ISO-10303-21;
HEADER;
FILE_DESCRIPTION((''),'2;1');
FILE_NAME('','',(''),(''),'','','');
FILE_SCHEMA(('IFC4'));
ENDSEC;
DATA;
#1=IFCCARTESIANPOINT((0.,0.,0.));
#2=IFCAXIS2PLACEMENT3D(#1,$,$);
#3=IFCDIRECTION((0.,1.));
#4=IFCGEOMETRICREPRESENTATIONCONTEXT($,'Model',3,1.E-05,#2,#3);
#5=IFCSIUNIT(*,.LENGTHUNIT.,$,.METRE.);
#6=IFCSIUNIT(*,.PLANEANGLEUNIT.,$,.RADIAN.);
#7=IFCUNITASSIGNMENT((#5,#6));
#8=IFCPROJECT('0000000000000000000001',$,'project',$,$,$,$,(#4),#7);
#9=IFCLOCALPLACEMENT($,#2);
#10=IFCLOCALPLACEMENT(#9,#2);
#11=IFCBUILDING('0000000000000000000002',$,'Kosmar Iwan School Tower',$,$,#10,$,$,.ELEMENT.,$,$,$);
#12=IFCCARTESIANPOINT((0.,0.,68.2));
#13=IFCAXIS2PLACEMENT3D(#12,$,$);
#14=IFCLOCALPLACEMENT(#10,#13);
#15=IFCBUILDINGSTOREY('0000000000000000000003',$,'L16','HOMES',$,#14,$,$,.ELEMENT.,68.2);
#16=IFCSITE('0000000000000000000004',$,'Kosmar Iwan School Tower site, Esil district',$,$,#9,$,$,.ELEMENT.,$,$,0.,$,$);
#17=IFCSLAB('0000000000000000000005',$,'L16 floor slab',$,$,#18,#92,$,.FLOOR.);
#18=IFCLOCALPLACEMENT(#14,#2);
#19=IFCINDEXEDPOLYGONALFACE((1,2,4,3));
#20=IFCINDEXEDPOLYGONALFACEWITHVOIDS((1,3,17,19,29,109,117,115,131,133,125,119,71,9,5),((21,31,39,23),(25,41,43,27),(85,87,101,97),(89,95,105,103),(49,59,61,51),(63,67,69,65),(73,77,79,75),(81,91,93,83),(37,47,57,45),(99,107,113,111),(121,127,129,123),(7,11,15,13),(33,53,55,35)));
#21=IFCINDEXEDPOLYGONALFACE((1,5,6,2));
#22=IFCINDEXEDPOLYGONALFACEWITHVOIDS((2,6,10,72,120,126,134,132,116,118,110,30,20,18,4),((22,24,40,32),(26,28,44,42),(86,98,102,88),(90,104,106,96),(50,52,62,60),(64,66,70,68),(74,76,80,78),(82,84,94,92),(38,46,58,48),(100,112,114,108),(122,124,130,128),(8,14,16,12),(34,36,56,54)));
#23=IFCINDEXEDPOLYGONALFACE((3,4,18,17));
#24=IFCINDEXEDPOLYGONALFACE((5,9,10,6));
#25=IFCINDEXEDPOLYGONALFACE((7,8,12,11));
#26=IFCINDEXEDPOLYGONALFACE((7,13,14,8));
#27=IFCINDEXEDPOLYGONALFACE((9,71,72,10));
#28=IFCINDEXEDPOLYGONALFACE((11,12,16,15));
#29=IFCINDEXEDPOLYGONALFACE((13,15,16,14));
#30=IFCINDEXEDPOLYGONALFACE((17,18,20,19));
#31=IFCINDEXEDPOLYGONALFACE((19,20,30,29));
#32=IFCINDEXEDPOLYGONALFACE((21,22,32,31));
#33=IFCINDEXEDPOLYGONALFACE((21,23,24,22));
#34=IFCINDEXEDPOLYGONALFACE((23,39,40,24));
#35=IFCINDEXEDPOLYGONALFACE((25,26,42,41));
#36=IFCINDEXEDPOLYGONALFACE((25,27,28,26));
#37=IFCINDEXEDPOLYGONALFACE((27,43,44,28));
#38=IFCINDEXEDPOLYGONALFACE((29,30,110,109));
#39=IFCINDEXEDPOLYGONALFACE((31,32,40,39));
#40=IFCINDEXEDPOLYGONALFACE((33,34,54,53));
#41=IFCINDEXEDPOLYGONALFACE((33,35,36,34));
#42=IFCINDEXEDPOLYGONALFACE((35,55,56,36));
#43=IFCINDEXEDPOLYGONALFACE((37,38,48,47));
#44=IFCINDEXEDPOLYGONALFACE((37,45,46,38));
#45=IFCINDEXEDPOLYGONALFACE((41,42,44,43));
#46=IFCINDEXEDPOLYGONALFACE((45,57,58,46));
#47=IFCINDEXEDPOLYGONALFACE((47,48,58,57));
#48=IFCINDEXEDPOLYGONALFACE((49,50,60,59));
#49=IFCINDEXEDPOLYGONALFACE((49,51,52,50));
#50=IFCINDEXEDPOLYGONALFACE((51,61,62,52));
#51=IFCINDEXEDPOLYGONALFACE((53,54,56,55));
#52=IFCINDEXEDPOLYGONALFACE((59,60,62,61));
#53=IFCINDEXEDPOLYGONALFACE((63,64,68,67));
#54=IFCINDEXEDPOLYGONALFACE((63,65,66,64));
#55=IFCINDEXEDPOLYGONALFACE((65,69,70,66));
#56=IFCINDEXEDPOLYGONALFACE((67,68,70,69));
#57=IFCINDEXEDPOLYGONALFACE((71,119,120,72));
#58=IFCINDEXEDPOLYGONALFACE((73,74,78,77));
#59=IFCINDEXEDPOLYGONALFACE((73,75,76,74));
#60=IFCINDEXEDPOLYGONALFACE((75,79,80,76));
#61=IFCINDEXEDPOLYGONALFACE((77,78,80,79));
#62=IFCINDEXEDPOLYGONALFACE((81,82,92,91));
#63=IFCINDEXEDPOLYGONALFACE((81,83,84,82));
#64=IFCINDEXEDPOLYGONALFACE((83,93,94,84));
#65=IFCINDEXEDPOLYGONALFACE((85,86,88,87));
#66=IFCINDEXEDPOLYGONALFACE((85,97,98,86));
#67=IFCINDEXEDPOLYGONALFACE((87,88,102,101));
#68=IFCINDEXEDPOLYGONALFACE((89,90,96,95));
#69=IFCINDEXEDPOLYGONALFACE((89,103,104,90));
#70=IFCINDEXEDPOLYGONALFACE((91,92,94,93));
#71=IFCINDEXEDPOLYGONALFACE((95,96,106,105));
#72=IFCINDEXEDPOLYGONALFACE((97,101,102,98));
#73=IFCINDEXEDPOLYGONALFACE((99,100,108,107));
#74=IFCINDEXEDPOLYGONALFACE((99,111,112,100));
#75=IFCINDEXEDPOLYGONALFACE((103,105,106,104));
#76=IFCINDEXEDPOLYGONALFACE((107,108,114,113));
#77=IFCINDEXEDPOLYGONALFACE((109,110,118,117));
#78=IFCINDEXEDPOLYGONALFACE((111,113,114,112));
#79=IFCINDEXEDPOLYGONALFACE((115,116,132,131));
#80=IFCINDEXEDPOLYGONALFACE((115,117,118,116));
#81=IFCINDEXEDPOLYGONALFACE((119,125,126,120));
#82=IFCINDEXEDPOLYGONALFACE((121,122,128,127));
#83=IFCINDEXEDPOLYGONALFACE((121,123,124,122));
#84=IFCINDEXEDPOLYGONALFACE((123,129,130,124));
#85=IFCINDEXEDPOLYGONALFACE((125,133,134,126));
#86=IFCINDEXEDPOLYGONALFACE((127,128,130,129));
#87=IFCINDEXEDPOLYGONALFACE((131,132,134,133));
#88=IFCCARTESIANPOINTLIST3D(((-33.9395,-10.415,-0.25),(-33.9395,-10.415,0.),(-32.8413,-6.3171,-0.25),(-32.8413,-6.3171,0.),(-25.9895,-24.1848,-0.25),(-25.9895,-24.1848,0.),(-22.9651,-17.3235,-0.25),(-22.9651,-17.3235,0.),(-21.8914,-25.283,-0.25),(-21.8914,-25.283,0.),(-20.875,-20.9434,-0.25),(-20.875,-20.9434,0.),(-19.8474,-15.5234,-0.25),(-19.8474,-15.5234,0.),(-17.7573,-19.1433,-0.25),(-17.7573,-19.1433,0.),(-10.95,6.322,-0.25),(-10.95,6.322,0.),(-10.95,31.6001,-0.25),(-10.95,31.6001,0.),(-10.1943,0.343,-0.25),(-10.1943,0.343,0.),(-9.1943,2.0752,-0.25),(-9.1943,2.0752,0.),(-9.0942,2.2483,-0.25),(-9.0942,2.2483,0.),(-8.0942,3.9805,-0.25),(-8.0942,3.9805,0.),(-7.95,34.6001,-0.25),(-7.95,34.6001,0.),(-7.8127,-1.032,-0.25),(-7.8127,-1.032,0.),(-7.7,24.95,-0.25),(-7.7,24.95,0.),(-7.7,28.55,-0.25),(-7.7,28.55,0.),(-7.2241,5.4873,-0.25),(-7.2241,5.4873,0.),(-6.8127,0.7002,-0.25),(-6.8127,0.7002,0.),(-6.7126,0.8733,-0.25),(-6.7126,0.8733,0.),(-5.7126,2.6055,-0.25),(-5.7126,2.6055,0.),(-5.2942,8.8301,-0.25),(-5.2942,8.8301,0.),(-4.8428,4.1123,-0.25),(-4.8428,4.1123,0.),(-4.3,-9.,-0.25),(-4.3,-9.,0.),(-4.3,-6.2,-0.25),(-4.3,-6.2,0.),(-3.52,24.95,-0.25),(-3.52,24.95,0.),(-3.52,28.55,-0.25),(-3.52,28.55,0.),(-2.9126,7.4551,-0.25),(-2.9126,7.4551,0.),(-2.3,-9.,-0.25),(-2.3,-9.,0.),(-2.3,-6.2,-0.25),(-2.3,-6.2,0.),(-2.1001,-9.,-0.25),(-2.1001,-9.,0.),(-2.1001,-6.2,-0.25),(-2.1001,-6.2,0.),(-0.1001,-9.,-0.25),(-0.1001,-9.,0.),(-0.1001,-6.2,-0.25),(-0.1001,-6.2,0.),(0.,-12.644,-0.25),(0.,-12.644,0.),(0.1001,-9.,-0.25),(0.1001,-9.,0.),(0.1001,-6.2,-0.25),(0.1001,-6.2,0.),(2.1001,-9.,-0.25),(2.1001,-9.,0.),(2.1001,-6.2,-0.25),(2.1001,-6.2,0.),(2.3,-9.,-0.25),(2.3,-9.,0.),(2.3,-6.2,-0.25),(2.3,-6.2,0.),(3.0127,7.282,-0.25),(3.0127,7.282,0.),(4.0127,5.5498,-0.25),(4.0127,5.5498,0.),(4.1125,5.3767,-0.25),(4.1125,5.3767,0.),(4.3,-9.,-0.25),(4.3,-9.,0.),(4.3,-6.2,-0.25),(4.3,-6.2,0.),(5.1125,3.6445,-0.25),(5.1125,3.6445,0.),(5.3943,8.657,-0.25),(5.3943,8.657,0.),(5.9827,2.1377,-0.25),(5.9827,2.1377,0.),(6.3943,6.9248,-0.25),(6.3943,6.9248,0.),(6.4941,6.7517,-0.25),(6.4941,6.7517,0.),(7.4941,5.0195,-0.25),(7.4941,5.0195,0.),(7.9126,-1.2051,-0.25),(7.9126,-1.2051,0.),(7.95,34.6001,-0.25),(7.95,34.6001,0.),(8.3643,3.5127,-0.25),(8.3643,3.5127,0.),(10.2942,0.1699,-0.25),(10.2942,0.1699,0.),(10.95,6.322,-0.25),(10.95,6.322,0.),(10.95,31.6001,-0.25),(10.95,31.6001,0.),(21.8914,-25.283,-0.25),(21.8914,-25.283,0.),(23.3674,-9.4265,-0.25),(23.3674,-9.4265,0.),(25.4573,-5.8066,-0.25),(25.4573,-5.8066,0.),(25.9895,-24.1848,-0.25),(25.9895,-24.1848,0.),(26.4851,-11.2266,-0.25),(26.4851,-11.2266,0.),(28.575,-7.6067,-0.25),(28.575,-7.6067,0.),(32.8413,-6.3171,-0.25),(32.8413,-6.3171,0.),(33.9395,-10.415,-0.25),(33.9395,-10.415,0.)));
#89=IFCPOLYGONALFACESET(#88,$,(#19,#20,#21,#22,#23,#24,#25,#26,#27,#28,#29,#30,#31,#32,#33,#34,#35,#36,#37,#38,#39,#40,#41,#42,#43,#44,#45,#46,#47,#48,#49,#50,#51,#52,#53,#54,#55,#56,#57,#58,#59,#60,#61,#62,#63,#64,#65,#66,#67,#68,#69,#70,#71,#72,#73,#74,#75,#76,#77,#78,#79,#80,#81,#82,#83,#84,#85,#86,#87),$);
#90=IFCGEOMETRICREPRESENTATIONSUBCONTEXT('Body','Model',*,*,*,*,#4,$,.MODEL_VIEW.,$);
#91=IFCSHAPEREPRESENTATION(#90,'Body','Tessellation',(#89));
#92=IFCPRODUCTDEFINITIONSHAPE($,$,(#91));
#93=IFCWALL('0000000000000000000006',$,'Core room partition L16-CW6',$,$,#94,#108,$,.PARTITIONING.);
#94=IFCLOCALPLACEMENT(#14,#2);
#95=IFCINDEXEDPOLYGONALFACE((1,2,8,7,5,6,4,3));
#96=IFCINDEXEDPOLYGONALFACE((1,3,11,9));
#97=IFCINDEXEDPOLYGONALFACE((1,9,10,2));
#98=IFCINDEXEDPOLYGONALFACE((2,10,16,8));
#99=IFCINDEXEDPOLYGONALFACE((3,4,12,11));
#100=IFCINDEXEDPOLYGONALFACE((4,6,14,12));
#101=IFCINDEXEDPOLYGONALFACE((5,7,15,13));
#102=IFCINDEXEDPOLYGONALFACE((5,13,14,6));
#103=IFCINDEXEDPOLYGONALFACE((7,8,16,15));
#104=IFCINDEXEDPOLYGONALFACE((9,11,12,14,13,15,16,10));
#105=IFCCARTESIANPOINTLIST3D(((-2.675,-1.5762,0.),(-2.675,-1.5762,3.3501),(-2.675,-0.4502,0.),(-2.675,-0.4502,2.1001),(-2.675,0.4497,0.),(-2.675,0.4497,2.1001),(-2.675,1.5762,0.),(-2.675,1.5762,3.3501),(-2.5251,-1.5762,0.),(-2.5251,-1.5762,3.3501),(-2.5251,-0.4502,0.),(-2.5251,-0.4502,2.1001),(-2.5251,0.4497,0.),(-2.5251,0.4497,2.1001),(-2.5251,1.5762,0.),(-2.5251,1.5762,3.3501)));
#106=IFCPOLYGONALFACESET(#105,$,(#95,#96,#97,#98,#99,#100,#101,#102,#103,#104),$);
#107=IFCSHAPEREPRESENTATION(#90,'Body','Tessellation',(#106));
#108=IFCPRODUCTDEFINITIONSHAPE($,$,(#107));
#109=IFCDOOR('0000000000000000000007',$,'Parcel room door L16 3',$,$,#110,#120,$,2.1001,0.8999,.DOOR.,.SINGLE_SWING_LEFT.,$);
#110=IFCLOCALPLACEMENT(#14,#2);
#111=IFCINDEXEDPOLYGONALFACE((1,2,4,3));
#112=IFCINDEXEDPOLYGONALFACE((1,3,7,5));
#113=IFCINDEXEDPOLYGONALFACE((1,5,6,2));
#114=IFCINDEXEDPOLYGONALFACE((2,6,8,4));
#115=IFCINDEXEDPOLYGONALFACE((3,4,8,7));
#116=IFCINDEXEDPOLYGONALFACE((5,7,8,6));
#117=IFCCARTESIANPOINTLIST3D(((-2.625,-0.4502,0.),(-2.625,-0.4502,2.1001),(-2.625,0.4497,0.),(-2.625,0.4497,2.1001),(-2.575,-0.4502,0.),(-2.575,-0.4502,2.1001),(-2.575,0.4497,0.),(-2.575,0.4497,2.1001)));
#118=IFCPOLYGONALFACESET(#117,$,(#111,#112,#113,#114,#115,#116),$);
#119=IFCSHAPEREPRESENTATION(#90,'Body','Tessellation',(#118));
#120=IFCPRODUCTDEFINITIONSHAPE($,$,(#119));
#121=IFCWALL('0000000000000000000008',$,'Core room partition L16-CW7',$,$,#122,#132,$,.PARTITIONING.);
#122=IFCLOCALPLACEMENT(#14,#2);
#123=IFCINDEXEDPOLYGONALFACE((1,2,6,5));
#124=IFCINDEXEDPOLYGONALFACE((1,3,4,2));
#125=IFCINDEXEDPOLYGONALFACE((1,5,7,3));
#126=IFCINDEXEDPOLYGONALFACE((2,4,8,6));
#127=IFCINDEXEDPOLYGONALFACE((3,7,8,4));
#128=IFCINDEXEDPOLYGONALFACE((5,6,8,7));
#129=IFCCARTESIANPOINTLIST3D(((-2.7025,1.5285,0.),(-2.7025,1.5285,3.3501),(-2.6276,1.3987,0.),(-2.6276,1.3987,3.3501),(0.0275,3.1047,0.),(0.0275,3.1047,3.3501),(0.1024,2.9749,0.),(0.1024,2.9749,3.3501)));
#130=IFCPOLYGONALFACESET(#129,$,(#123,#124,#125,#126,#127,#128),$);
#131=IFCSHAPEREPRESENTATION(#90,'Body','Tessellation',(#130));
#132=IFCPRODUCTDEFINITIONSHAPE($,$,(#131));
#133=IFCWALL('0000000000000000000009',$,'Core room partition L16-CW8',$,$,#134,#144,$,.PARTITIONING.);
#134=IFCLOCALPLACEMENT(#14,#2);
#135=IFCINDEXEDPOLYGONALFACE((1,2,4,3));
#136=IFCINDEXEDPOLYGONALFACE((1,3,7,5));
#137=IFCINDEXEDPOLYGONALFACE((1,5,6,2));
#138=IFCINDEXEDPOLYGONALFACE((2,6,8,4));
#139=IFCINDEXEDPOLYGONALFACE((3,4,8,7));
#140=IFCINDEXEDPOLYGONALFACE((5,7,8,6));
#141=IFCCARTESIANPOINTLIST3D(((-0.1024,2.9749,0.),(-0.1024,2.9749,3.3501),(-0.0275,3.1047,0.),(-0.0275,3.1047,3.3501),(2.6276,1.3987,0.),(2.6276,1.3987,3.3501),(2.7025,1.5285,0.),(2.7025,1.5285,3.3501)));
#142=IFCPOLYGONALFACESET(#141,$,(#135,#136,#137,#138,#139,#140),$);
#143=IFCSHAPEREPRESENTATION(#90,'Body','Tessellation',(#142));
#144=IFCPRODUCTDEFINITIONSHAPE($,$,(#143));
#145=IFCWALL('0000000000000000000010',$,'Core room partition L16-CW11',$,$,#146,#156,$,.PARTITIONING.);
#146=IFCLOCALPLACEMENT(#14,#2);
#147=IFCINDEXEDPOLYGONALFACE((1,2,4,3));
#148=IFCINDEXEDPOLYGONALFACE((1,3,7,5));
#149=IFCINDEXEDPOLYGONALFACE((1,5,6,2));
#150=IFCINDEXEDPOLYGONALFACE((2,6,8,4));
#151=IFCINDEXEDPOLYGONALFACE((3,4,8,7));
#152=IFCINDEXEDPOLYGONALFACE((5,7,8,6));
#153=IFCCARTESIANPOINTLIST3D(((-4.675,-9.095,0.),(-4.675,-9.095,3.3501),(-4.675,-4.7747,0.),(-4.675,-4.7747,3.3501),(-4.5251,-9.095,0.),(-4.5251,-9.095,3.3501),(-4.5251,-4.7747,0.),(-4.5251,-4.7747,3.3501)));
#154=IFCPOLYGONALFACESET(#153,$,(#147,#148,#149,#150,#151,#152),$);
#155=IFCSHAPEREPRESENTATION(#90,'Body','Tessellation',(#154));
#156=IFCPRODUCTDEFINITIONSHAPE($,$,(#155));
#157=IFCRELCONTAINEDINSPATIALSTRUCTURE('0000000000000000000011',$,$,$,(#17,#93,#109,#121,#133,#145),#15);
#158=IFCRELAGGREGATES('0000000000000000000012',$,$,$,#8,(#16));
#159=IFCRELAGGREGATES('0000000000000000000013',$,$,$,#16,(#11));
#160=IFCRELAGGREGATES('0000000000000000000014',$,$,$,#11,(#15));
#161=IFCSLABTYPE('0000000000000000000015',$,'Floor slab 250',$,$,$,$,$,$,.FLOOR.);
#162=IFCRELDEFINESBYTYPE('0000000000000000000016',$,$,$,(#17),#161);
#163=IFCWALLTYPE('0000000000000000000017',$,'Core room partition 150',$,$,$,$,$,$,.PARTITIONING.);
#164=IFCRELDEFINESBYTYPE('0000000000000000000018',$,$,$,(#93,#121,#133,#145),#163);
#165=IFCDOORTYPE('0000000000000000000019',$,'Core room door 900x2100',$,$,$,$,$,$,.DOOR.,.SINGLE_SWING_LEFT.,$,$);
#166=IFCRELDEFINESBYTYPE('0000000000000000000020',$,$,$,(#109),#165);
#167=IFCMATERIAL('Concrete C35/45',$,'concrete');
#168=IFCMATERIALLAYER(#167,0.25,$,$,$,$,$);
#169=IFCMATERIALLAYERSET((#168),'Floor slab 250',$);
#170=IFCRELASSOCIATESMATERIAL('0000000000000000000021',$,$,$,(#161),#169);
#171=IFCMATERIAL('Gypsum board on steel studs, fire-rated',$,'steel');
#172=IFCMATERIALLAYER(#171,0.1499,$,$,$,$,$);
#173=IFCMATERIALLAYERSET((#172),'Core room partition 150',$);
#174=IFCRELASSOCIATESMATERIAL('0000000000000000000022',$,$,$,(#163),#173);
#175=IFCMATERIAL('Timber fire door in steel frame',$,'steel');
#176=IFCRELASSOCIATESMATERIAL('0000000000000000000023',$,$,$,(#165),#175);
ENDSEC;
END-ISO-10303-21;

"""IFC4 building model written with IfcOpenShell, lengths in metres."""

from ifc_helpers import new_model, si_unit, direction, frame, frame_2d, origin, place, context, subcontext, project, spatial, polyline, rectangle, outline, extrude, material, layer, layer_set, type_object, element, fill, save


model = new_model("IFC4")

# Units and contexts
model_context = context("Model", 3, precision=1e-05, world=origin(), true_north=direction((0.0, 1.0)))
body_context = subcontext(model_context, "Body", "Model", "MODEL_VIEW")
ifc_project = project(units=[si_unit("LENGTHUNIT", "METRE"), si_unit("PLANEANGLEUNIT", "RADIAN")], contexts=[model_context])

# Site, building, storey
site_placement = place(None, origin())
site = spatial("IfcSite", under=ifc_project, at=site_placement, Name="Kosmar Iwan School Tower site, Esil district", CompositionType="ELEMENT", RefElevation=0.0)
building_placement = place(site_placement, origin())
building = spatial("IfcBuilding", under=site, at=building_placement, Name="Kosmar Iwan School Tower", CompositionType="ELEMENT")
storey_placement = place(building_placement, frame((0.0, 0.0, 68.2)))
storey = spatial("IfcBuildingStorey", under=building, at=storey_placement, Name="L16", Description="HOMES", CompositionType="ELEMENT", Elevation=68.2)

# Slab
ifc_material_1 = material(Name="Concrete C35/45", Category="concrete")
ifc_layer_1 = layer(ifc_material_1, 0.25)
ifc_layer_set_1 = layer_set([ifc_layer_1], Name="Floor slab 250")
slab_type = type_object("IfcSlabType", Name="Floor slab 250", PredefinedType="FLOOR", material=ifc_layer_set_1)
slab_placement = place(storey_placement, frame((0.0, 0.0, -0.25)))
element("IfcSlab", 1, at=slab_placement, inside=storey, type_object=slab_type, Name="L16 floor slab", PredefinedType="FLOOR", context=body_context, shape_type="SweptSolid", body=[
    extrude(outline(polyline([(-21.8914, -25.283), (0.0, -12.644), (21.8914, -25.283), (25.9895, -24.1848), (33.9395, -10.415), (32.8413, -6.3171), (10.95, 6.322), (10.95, 31.6001), (7.95, 34.6001), (-7.95, 34.6001), (-10.95, 31.6001), (-10.95, 6.322), (-32.8413, -6.3171), (-33.9395, -10.415), (-25.9895, -24.1848), (-21.8914, -25.283)]), holes=[polyline([(7.9126, -1.2051), (10.2942, 0.1699), (8.3643, 3.5127), (5.9827, 2.1377), (7.9126, -1.2051)]), polyline([(-2.9126, 7.4551), (-5.2942, 8.8301), (-7.2241, 5.4873), (-4.8428, 4.1123), (-2.9126, 7.4551)]), polyline([(-5.7126, 2.6055), (-8.0942, 3.9805), (-9.0942, 2.2483), (-6.7126, 0.8733), (-5.7126, 2.6055)]), polyline([(-6.8127, 0.7002), (-9.1943, 2.0752), (-10.1943, 0.343), (-7.8127, -1.032), (-6.8127, 0.7002)]), polyline([(5.1125, 3.6445), (7.4941, 5.0195), (6.4941, 6.7517), (4.1125, 5.3767), (5.1125, 3.6445)]), polyline([(4.0127, 5.5498), (6.3943, 6.9248), (5.3943, 8.657), (3.0127, 7.282), (4.0127, 5.5498)]), polyline([(-4.3, -6.2), (-4.3, -9.0), (-2.3, -9.0), (-2.3, -6.2), (-4.3, -6.2)]), polyline([(-2.1001, -6.2), (-2.1001, -9.0), (-0.1001, -9.0), (-0.1001, -6.2), (-2.1001, -6.2)]), polyline([(0.1001, -6.2), (0.1001, -9.0), (2.1001, -9.0), (2.1001, -6.2), (0.1001, -6.2)]), polyline([(2.3, -6.2), (2.3, -9.0), (4.3, -9.0), (4.3, -6.2), (2.3, -6.2)]), polyline([(-3.52, 24.95), (-3.52, 28.55), (-7.7, 28.55), (-7.7, 24.95), (-3.52, 24.95)]), polyline([(-19.8474, -15.5234), (-22.9651, -17.3235), (-20.875, -20.9434), (-17.7573, -19.1433), (-19.8474, -15.5234)]), polyline([(23.3674, -9.4265), (26.4851, -11.2266), (28.575, -7.6067), (25.4573, -5.8066), (23.3674, -9.4265)])]), origin(), (0.0, 0.0, 1.0), 0.25),
])

# Wall, opening, door
ifc_material_2 = material(Name="Gypsum board on steel studs, fire-rated", Category="steel")
ifc_layer_2 = layer(ifc_material_2, 0.1499)
ifc_layer_set_2 = layer_set([ifc_layer_2], Name="Core room partition 150")
wall_type_1 = type_object("IfcWallType", Name="Core room partition 150", PredefinedType="PARTITIONING", material=ifc_layer_set_2)
wall_1_placement = place(storey_placement, frame((-2.6001, -1.5762, 0.0), z_axis=(0.0, 0.0, 1.0), x_axis=(0.0, 1.0, 0.0)))
wall_1 = element("IfcWall", 2, at=wall_1_placement, inside=storey, type_object=wall_type_1, Name="Core room partition L16-CW6", PredefinedType="PARTITIONING", context=body_context, shape_type="SweptSolid", body=[
    extrude(rectangle(XDim=3.1523, YDim=0.1499, at=frame_2d((1.5762, 0.0))), origin(), (0.0, 0.0, 1.0), 3.3501),
])
opening_1_placement = place(wall_1_placement, frame((1.126, 0.0, 0.0)))
opening_1 = element("IfcOpeningElement", 3, at=opening_1_placement, cuts=wall_1, PredefinedType="OPENING", context=body_context, shape_type="SweptSolid", body=[
    extrude(rectangle(XDim=0.8999, YDim=2.1001, at=frame_2d((0.45, 1.05))), frame((0.0, 0.0869, 0.0), z_axis=(0.0, -1.0, 0.0), x_axis=(1.0, 0.0, 0.0)), (0.0, 0.0, 1.0), 0.1738),
])
ifc_material_3 = material(Name="Timber fire door in steel frame", Category="steel")
door_type_1 = type_object("IfcDoorType", Name="Core room door 900x2100", OperationType="SINGLE_SWING_LEFT", PredefinedType="DOOR", material=ifc_material_3)
door_1_placement = place(opening_1_placement, origin())
door_1 = element("IfcDoor", 4, at=door_1_placement, inside=storey, type_object=door_type_1, Name="Parcel room door L16 3", OperationType="SINGLE_SWING_LEFT", OverallHeight=2.1001, OverallWidth=0.8999, PredefinedType="DOOR", context=body_context, shape_type="SweptSolid", body=[
    extrude(rectangle(XDim=0.8999, YDim=2.1001, at=frame_2d((0.45, 1.05))), frame((0.0, 0.0249, 0.0), z_axis=(0.0, -1.0, 0.0), x_axis=(1.0, 0.0, 0.0)), (0.0, 0.0, 1.0), 0.05),
])
fill(opening_1, door_1)

# Walls
for number, where, z_axis, x_axis, name in (
    (5, (-2.665, 1.4636, 0.0), (0.0, 0.0, 1.0), (0.866023, 0.500004, 0.0), "Core room partition L16-CW7"),
    (6, (-0.0649, 3.0398, 0.0), (0.0, 0.0, 1.0), (0.866023, -0.500004, 0.0), "Core room partition L16-CW8"),
):
    element("IfcWall", number, at=place(storey_placement, frame(where, z_axis=z_axis, x_axis=x_axis)), inside=storey, type_object=wall_type_1, Name=name, PredefinedType="PARTITIONING", context=body_context, shape_type="SweptSolid", body=[
        extrude(rectangle(XDim=3.1523, YDim=0.1499, at=frame_2d((1.5762, 0.0))), origin(), (0.0, 0.0, 1.0), 3.3501),
    ])
wall_2_placement = place(storey_placement, frame((-4.6001, -4.7747, 0.0), z_axis=(0.0, 0.0, 1.0), x_axis=(0.0, -1.0, 0.0)))
element("IfcWall", 7, at=wall_2_placement, inside=storey, type_object=wall_type_1, Name="Core room partition L16-CW11", PredefinedType="PARTITIONING", context=body_context, shape_type="SweptSolid", body=[
    extrude(rectangle(XDim=4.3203, YDim=0.1499, at=frame_2d((2.1602, 0.0))), origin(), (0.0, 0.0, 1.0), 3.3501),
])

save(model, "model.ifc")
